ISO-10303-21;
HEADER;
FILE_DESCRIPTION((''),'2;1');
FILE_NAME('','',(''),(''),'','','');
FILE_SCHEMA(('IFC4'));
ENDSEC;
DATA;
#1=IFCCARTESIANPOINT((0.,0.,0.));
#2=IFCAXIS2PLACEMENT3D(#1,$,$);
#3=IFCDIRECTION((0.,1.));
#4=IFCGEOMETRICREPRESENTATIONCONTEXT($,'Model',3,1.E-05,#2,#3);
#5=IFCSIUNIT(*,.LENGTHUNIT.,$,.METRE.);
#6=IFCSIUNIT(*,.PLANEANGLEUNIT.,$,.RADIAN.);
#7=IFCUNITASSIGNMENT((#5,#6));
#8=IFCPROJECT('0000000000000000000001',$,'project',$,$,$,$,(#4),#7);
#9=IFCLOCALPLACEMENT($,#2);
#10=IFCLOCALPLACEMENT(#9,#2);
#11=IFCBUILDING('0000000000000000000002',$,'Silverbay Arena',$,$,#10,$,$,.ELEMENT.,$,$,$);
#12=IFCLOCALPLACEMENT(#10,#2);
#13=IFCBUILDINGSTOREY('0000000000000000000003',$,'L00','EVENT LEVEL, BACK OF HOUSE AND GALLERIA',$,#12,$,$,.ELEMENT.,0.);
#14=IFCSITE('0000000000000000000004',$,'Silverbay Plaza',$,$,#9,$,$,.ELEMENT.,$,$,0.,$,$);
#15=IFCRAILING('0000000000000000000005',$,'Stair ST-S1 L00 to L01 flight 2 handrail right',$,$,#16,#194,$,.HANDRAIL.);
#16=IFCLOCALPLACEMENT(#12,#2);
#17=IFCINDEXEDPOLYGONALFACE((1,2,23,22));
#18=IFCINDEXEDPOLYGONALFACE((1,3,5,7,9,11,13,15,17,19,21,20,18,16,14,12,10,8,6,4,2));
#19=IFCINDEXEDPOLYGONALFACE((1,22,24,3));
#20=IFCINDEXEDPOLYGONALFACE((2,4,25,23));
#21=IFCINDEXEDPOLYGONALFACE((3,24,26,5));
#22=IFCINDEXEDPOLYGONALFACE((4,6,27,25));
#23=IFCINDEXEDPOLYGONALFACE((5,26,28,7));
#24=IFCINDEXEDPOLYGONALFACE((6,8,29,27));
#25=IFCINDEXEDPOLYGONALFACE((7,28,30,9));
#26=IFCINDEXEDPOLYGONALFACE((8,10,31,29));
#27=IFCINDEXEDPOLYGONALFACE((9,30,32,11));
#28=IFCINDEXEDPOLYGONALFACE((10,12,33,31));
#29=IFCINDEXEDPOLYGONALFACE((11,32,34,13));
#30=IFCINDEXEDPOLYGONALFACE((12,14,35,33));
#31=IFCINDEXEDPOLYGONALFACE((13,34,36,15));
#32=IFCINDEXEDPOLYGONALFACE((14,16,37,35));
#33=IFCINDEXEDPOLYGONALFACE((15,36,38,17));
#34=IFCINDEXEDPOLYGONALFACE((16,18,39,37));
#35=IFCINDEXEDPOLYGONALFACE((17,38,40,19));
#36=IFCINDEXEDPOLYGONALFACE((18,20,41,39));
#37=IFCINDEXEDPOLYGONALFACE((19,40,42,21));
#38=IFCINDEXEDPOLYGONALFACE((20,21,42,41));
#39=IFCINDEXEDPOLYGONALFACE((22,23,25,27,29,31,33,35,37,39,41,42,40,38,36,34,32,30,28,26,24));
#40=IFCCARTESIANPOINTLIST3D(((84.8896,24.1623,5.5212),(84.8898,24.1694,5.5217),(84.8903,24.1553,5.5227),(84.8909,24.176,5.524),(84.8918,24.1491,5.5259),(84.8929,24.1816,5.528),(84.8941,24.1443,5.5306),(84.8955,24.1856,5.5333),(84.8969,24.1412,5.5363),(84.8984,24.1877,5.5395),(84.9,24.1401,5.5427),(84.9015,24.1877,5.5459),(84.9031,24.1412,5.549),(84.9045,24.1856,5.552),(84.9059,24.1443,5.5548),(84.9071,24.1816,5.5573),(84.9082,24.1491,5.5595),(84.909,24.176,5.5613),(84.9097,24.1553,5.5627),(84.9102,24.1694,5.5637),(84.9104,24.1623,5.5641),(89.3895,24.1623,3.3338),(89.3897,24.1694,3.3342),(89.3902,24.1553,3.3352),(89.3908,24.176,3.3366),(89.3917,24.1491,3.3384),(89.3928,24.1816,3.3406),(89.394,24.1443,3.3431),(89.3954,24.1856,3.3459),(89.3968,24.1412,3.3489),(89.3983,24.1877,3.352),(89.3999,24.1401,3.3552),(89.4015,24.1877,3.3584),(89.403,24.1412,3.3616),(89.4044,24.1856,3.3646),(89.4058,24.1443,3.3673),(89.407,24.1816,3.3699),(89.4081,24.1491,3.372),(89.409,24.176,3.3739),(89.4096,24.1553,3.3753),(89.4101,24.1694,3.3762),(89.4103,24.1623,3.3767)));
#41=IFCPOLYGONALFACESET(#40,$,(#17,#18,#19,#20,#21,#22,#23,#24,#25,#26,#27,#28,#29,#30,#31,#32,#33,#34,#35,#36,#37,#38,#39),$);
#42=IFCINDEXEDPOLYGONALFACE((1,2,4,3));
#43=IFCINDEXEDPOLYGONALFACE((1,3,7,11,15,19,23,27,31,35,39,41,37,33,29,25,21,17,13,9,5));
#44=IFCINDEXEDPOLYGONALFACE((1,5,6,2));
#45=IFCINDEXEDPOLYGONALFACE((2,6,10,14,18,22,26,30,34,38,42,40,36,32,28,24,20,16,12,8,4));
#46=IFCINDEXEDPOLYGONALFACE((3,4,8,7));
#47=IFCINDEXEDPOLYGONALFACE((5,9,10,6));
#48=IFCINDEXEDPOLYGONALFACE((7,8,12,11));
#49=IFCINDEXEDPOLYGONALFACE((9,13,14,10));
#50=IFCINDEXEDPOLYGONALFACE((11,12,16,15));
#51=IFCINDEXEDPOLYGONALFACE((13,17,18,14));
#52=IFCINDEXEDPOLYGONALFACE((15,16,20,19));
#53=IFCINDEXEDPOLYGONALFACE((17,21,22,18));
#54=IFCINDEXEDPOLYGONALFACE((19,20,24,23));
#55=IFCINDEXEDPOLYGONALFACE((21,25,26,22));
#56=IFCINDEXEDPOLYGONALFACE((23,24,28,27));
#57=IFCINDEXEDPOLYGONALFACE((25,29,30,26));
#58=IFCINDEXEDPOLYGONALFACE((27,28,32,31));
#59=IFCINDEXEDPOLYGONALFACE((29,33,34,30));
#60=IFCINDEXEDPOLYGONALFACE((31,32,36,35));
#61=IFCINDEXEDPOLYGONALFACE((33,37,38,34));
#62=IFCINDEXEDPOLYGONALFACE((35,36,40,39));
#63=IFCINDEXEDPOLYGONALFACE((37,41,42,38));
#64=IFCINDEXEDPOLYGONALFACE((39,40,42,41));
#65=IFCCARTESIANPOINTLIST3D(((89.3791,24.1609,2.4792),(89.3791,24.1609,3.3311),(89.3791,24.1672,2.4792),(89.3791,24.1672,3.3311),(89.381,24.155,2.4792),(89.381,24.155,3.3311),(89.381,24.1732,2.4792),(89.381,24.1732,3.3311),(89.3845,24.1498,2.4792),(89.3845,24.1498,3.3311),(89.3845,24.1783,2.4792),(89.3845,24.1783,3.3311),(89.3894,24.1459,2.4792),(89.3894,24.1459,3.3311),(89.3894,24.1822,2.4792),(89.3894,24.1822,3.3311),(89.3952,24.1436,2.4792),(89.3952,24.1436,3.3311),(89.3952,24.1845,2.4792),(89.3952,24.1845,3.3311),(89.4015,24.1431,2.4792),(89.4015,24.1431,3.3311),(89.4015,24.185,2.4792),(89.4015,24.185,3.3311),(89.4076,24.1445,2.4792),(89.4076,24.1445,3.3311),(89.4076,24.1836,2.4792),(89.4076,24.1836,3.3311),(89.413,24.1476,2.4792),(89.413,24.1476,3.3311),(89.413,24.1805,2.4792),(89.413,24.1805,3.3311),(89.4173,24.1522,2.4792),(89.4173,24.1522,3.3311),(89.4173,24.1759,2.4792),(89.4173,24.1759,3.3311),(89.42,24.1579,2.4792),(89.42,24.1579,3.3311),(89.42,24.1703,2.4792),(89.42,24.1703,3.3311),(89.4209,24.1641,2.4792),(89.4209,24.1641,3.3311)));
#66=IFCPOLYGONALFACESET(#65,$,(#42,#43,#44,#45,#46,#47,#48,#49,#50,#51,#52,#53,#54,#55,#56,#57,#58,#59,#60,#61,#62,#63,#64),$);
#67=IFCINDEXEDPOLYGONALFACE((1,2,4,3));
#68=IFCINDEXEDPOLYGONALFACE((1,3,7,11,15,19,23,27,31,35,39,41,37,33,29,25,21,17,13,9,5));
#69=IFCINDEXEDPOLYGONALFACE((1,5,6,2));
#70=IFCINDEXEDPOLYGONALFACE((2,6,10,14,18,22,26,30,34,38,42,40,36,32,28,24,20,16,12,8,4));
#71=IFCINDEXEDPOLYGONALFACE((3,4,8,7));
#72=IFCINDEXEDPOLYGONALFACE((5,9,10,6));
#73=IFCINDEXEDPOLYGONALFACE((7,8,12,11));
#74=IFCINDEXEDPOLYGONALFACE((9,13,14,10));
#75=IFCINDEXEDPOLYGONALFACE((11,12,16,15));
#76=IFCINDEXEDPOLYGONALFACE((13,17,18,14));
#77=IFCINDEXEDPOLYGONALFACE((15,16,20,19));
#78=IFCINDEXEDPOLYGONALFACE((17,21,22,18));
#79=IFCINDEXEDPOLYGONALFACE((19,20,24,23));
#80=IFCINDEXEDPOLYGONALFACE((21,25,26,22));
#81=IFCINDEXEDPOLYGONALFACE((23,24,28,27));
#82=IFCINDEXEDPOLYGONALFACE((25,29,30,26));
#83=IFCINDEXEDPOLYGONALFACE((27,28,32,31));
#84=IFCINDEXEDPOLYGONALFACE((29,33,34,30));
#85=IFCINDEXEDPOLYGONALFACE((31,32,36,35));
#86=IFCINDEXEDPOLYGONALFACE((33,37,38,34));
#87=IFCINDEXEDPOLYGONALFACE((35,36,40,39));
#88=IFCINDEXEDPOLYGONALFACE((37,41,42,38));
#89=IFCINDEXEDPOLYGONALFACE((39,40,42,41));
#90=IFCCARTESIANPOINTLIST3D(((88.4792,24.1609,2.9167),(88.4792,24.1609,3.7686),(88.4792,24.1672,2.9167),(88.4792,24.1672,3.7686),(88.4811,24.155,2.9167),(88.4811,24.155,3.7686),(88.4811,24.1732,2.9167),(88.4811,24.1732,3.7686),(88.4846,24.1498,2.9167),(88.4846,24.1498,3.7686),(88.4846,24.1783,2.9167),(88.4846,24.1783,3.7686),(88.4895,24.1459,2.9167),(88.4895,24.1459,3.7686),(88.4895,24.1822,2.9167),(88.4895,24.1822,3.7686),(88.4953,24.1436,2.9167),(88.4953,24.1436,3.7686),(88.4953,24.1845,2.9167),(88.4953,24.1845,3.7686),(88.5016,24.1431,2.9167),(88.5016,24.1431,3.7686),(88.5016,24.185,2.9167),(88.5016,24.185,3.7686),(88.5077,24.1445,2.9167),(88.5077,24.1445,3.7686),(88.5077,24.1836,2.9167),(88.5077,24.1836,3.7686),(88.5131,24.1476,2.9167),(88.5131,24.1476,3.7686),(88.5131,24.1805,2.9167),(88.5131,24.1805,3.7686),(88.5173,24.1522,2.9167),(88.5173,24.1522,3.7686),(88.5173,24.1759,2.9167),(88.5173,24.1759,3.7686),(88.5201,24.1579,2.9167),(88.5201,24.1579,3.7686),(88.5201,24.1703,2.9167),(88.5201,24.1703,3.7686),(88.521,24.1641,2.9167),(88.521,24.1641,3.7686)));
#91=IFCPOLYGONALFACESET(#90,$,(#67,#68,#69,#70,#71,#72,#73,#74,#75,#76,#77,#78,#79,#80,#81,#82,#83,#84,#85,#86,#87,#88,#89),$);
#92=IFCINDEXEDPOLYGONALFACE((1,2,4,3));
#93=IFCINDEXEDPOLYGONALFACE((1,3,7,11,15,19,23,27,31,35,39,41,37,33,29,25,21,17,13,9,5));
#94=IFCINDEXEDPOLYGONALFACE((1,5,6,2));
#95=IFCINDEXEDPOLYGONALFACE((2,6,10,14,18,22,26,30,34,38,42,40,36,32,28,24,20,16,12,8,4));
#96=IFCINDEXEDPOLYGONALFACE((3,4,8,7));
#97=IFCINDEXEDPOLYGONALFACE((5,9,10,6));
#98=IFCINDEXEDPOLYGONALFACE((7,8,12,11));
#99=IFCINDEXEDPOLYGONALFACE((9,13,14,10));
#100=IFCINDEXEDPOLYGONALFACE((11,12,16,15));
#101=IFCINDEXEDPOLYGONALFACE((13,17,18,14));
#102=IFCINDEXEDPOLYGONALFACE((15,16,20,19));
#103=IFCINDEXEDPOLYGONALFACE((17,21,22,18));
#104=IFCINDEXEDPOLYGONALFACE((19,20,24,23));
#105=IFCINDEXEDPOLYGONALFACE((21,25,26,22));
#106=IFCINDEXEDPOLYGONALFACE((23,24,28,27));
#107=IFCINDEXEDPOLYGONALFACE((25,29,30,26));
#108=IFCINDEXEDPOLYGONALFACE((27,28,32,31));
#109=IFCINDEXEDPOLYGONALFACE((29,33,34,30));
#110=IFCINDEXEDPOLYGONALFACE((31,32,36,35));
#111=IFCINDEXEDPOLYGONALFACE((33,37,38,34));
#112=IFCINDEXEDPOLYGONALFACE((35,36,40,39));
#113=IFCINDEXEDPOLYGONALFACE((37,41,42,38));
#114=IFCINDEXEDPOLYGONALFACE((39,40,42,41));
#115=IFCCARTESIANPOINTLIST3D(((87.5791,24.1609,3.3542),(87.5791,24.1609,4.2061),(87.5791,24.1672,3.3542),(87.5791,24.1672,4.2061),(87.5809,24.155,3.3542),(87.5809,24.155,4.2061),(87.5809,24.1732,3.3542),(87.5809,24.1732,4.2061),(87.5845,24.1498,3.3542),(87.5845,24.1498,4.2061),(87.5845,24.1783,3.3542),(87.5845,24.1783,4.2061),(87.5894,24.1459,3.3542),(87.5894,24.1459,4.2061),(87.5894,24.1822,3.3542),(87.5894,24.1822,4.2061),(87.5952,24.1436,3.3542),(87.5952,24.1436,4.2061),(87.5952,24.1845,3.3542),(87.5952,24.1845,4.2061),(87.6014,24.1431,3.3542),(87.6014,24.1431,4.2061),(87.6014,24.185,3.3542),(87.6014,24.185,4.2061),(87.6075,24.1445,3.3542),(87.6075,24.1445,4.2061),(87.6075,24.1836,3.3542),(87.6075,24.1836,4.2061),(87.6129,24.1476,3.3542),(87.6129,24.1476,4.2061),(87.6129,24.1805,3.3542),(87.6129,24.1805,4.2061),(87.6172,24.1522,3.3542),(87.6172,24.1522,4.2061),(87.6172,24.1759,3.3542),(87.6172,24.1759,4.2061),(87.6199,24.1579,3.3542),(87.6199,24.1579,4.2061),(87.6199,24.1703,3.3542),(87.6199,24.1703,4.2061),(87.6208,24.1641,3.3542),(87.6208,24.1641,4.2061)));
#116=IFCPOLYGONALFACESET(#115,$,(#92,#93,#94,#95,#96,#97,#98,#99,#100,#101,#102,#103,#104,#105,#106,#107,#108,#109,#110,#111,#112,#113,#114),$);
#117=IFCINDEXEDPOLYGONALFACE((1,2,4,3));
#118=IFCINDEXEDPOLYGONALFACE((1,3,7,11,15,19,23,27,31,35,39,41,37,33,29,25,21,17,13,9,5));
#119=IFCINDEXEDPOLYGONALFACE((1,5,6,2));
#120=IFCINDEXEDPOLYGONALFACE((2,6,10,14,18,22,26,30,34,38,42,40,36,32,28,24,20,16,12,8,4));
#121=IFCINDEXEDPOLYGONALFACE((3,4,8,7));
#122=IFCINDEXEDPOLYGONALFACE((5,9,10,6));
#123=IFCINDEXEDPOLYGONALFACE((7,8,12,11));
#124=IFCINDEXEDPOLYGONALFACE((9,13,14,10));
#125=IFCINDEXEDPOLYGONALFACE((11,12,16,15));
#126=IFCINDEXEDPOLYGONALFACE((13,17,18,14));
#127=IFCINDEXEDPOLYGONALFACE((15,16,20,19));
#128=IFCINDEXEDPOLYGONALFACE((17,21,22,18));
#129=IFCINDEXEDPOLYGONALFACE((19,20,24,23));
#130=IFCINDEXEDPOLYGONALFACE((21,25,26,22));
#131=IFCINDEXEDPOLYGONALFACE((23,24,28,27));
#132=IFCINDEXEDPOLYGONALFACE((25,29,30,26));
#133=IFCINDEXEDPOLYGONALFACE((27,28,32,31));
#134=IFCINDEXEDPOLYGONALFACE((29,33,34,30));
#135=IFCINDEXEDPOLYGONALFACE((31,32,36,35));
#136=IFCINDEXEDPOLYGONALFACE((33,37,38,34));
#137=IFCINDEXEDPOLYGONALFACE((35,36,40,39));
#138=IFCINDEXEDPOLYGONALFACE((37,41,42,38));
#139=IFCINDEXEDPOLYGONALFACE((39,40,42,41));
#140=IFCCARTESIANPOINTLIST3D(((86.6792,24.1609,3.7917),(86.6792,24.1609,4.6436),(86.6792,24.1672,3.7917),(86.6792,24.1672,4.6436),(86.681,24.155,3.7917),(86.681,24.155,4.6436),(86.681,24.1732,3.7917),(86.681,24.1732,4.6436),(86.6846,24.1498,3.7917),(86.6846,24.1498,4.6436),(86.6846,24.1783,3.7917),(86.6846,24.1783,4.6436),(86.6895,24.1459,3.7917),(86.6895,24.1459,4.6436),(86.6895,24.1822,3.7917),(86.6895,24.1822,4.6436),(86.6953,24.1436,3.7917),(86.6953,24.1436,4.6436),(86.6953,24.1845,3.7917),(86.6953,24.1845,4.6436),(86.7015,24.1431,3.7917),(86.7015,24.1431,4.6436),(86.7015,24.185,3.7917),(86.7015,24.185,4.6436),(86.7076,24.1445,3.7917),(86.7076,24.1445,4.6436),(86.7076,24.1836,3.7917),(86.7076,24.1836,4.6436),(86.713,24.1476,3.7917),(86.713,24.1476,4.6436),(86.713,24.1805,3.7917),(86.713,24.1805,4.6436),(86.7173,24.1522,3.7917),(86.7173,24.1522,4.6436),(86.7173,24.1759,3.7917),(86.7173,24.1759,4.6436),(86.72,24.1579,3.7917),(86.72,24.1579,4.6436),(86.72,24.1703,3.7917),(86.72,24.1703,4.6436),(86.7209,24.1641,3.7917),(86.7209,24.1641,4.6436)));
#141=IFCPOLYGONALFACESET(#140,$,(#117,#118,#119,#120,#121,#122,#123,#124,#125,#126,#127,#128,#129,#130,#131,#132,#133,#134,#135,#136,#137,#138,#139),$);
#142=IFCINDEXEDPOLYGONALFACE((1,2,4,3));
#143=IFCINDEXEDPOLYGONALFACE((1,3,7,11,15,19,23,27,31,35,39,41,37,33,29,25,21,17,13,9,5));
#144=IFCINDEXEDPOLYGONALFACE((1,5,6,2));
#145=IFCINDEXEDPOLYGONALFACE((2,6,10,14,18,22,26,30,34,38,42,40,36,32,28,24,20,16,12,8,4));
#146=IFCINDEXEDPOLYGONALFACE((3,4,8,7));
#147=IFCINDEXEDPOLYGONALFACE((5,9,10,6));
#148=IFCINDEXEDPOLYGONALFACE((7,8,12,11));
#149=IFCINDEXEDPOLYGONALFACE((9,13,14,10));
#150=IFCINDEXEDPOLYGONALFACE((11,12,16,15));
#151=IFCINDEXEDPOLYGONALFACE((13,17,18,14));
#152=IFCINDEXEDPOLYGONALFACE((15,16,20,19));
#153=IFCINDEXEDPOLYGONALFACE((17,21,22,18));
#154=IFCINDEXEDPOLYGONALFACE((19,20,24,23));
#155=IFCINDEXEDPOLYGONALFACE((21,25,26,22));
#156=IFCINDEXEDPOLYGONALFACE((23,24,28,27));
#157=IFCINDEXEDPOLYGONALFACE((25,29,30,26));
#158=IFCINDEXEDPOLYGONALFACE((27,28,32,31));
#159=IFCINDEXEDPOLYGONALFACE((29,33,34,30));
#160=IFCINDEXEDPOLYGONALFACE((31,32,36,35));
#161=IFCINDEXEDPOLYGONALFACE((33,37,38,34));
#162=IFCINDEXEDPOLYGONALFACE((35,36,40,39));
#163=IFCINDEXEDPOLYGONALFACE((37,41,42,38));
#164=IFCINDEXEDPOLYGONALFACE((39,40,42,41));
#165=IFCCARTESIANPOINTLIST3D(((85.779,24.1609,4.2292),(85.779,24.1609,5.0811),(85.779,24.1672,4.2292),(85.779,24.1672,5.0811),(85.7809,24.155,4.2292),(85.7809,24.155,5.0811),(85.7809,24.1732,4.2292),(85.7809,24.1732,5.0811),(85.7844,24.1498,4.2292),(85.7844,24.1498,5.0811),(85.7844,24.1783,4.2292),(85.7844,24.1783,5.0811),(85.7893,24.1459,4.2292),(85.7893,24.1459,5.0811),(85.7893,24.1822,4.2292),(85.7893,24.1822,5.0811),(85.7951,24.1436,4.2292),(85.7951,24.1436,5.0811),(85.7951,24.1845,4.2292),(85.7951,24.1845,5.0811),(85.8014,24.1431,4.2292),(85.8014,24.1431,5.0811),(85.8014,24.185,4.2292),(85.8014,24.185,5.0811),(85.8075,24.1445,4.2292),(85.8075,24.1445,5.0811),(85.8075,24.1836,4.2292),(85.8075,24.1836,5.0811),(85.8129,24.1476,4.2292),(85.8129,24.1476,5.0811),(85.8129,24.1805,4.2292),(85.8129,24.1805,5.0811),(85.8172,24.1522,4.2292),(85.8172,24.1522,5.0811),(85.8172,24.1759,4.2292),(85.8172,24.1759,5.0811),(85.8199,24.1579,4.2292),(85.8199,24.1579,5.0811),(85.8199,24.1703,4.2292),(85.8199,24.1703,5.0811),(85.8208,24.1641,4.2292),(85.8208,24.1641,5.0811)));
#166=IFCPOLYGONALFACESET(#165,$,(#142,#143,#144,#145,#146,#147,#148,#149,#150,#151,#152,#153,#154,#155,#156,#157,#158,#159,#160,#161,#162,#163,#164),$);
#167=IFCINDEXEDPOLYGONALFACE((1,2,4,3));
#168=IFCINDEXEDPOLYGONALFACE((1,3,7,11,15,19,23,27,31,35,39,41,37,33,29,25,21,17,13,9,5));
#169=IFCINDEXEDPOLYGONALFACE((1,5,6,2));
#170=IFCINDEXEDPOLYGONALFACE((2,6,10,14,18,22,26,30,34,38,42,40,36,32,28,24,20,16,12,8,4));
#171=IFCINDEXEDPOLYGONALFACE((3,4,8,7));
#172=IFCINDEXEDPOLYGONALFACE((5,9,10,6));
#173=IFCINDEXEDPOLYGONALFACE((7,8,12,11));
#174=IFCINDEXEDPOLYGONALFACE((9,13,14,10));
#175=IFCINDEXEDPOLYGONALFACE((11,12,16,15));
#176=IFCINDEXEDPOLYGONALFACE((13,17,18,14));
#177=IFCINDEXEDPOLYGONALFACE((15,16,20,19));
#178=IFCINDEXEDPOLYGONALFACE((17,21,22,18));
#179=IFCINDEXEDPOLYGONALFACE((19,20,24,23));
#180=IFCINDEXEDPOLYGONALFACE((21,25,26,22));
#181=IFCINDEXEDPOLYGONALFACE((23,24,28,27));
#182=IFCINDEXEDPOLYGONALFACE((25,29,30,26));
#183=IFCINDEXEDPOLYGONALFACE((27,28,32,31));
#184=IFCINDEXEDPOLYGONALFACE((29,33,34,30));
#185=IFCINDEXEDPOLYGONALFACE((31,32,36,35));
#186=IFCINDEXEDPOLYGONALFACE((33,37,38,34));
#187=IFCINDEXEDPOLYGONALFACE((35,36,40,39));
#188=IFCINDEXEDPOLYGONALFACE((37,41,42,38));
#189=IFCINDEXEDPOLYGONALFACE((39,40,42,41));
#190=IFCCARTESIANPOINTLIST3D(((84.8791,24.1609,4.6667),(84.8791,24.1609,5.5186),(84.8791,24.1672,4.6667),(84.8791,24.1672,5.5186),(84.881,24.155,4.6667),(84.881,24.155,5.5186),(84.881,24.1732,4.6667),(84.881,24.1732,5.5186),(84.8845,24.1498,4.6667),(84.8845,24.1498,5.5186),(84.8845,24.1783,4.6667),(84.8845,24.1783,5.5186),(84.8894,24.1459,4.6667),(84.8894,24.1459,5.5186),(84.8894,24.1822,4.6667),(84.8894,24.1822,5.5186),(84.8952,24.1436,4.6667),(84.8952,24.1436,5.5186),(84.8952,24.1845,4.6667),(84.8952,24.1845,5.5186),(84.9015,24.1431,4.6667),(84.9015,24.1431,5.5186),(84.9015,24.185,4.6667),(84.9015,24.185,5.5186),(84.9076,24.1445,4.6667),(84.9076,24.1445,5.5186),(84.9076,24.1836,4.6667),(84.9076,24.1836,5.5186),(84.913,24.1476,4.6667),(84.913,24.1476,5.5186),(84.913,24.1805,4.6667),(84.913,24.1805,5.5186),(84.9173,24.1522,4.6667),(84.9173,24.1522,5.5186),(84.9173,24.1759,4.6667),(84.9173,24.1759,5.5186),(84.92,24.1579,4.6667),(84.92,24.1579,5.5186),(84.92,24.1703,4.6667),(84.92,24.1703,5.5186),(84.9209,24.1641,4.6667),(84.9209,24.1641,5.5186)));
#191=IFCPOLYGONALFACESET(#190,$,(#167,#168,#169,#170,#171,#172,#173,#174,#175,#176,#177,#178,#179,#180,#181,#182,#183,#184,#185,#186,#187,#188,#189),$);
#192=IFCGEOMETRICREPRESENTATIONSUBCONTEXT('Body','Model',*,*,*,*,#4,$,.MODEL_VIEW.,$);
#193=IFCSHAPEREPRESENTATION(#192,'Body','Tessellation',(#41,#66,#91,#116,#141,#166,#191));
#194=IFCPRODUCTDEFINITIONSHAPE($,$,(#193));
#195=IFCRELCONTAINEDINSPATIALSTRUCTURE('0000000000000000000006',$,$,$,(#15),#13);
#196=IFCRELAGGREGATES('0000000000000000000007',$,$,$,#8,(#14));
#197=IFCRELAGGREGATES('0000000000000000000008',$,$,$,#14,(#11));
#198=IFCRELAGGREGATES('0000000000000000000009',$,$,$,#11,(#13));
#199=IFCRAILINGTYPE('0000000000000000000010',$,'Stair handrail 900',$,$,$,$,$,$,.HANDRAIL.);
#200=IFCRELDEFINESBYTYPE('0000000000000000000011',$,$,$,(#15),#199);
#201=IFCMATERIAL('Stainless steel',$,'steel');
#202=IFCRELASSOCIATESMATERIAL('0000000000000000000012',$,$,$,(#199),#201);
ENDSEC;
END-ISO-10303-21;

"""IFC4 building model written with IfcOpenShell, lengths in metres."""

from ifc_helpers import new_model, si_unit, direction, frame, origin, origin_2d, place, context, subcontext, project, spatial, circle, extrude, material, type_object, element, save


model = new_model("IFC4")

# Units and contexts
model_context = context("Model", 3, precision=1e-05, world=origin(), true_north=direction((0.0, 1.0)))
body_context = subcontext(model_context, "Body", "Model", "MODEL_VIEW")
ifc_project = project(units=[si_unit("LENGTHUNIT", "METRE"), si_unit("PLANEANGLEUNIT", "RADIAN")], contexts=[model_context])

# Site, building, storey
site_placement = place(None, origin())
site = spatial("IfcSite", under=ifc_project, at=site_placement, Name="Silverbay Plaza", CompositionType="ELEMENT", RefElevation=0.0)
building_placement = place(site_placement, origin())
building = spatial("IfcBuilding", under=site, at=building_placement, Name="Silverbay Arena", CompositionType="ELEMENT")
storey_placement = place(building_placement, origin())
storey = spatial("IfcBuildingStorey", under=building, at=storey_placement, Name="L00", Description="EVENT LEVEL, BACK OF HOUSE AND GALLERIA", CompositionType="ELEMENT", Elevation=0.0)

# Railing
ifc_material_1 = material(Name="Stainless steel", Category="steel")
railing_type_1 = type_object("IfcRailingType", Name="Stair handrail 900", PredefinedType="HANDRAIL", material=ifc_material_1)
for number, where, name in (
    (1, (89.3999, 24.1641, 2.4792), "Stair ST-S1 L00 to L01 flight 2 handrail right"),
):
    element("IfcRailing", number, at=place(storey_placement, frame(where)), inside=storey, type_object=railing_type_1, Name=name, PredefinedType="HANDRAIL", context=body_context, shape_type="SweptSolid", body=[
        extrude(circle(Radius=0.0239, at=origin_2d()), frame((0.0, 0.0, 0.876), z_axis=(-0.899368, 0.0, 0.437193), x_axis=(0.0, -1.0, 0.0)), (0.0, 0.0, 1.0), 5.0034),
        extrude(circle(Radius=0.021, at=origin_2d()), origin(), (0.0, 0.0, 1.0), 0.8518),
        extrude(circle(Radius=0.021, at=origin_2d()), frame((-0.8999, 0.0, 0.4375)), (0.0, 0.0, 1.0), 0.8518),
        extrude(circle(Radius=0.021, at=origin_2d()), frame((-1.8, 0.0, 0.875)), (0.0, 0.0, 1.0), 0.8518),
        extrude(circle(Radius=0.021, at=origin_2d()), frame((-2.7, 0.0, 1.3125)), (0.0, 0.0, 1.0), 0.8518),
        extrude(circle(Radius=0.021, at=origin_2d()), frame((-3.6001, 0.0, 1.75)), (0.0, 0.0, 1.0), 0.8518),
        extrude(circle(Radius=0.021, at=origin_2d()), frame((-4.5, 0.0, 2.1875)), (0.0, 0.0, 1.0), 0.8518),
    ])

save(model, "model.ifc")
